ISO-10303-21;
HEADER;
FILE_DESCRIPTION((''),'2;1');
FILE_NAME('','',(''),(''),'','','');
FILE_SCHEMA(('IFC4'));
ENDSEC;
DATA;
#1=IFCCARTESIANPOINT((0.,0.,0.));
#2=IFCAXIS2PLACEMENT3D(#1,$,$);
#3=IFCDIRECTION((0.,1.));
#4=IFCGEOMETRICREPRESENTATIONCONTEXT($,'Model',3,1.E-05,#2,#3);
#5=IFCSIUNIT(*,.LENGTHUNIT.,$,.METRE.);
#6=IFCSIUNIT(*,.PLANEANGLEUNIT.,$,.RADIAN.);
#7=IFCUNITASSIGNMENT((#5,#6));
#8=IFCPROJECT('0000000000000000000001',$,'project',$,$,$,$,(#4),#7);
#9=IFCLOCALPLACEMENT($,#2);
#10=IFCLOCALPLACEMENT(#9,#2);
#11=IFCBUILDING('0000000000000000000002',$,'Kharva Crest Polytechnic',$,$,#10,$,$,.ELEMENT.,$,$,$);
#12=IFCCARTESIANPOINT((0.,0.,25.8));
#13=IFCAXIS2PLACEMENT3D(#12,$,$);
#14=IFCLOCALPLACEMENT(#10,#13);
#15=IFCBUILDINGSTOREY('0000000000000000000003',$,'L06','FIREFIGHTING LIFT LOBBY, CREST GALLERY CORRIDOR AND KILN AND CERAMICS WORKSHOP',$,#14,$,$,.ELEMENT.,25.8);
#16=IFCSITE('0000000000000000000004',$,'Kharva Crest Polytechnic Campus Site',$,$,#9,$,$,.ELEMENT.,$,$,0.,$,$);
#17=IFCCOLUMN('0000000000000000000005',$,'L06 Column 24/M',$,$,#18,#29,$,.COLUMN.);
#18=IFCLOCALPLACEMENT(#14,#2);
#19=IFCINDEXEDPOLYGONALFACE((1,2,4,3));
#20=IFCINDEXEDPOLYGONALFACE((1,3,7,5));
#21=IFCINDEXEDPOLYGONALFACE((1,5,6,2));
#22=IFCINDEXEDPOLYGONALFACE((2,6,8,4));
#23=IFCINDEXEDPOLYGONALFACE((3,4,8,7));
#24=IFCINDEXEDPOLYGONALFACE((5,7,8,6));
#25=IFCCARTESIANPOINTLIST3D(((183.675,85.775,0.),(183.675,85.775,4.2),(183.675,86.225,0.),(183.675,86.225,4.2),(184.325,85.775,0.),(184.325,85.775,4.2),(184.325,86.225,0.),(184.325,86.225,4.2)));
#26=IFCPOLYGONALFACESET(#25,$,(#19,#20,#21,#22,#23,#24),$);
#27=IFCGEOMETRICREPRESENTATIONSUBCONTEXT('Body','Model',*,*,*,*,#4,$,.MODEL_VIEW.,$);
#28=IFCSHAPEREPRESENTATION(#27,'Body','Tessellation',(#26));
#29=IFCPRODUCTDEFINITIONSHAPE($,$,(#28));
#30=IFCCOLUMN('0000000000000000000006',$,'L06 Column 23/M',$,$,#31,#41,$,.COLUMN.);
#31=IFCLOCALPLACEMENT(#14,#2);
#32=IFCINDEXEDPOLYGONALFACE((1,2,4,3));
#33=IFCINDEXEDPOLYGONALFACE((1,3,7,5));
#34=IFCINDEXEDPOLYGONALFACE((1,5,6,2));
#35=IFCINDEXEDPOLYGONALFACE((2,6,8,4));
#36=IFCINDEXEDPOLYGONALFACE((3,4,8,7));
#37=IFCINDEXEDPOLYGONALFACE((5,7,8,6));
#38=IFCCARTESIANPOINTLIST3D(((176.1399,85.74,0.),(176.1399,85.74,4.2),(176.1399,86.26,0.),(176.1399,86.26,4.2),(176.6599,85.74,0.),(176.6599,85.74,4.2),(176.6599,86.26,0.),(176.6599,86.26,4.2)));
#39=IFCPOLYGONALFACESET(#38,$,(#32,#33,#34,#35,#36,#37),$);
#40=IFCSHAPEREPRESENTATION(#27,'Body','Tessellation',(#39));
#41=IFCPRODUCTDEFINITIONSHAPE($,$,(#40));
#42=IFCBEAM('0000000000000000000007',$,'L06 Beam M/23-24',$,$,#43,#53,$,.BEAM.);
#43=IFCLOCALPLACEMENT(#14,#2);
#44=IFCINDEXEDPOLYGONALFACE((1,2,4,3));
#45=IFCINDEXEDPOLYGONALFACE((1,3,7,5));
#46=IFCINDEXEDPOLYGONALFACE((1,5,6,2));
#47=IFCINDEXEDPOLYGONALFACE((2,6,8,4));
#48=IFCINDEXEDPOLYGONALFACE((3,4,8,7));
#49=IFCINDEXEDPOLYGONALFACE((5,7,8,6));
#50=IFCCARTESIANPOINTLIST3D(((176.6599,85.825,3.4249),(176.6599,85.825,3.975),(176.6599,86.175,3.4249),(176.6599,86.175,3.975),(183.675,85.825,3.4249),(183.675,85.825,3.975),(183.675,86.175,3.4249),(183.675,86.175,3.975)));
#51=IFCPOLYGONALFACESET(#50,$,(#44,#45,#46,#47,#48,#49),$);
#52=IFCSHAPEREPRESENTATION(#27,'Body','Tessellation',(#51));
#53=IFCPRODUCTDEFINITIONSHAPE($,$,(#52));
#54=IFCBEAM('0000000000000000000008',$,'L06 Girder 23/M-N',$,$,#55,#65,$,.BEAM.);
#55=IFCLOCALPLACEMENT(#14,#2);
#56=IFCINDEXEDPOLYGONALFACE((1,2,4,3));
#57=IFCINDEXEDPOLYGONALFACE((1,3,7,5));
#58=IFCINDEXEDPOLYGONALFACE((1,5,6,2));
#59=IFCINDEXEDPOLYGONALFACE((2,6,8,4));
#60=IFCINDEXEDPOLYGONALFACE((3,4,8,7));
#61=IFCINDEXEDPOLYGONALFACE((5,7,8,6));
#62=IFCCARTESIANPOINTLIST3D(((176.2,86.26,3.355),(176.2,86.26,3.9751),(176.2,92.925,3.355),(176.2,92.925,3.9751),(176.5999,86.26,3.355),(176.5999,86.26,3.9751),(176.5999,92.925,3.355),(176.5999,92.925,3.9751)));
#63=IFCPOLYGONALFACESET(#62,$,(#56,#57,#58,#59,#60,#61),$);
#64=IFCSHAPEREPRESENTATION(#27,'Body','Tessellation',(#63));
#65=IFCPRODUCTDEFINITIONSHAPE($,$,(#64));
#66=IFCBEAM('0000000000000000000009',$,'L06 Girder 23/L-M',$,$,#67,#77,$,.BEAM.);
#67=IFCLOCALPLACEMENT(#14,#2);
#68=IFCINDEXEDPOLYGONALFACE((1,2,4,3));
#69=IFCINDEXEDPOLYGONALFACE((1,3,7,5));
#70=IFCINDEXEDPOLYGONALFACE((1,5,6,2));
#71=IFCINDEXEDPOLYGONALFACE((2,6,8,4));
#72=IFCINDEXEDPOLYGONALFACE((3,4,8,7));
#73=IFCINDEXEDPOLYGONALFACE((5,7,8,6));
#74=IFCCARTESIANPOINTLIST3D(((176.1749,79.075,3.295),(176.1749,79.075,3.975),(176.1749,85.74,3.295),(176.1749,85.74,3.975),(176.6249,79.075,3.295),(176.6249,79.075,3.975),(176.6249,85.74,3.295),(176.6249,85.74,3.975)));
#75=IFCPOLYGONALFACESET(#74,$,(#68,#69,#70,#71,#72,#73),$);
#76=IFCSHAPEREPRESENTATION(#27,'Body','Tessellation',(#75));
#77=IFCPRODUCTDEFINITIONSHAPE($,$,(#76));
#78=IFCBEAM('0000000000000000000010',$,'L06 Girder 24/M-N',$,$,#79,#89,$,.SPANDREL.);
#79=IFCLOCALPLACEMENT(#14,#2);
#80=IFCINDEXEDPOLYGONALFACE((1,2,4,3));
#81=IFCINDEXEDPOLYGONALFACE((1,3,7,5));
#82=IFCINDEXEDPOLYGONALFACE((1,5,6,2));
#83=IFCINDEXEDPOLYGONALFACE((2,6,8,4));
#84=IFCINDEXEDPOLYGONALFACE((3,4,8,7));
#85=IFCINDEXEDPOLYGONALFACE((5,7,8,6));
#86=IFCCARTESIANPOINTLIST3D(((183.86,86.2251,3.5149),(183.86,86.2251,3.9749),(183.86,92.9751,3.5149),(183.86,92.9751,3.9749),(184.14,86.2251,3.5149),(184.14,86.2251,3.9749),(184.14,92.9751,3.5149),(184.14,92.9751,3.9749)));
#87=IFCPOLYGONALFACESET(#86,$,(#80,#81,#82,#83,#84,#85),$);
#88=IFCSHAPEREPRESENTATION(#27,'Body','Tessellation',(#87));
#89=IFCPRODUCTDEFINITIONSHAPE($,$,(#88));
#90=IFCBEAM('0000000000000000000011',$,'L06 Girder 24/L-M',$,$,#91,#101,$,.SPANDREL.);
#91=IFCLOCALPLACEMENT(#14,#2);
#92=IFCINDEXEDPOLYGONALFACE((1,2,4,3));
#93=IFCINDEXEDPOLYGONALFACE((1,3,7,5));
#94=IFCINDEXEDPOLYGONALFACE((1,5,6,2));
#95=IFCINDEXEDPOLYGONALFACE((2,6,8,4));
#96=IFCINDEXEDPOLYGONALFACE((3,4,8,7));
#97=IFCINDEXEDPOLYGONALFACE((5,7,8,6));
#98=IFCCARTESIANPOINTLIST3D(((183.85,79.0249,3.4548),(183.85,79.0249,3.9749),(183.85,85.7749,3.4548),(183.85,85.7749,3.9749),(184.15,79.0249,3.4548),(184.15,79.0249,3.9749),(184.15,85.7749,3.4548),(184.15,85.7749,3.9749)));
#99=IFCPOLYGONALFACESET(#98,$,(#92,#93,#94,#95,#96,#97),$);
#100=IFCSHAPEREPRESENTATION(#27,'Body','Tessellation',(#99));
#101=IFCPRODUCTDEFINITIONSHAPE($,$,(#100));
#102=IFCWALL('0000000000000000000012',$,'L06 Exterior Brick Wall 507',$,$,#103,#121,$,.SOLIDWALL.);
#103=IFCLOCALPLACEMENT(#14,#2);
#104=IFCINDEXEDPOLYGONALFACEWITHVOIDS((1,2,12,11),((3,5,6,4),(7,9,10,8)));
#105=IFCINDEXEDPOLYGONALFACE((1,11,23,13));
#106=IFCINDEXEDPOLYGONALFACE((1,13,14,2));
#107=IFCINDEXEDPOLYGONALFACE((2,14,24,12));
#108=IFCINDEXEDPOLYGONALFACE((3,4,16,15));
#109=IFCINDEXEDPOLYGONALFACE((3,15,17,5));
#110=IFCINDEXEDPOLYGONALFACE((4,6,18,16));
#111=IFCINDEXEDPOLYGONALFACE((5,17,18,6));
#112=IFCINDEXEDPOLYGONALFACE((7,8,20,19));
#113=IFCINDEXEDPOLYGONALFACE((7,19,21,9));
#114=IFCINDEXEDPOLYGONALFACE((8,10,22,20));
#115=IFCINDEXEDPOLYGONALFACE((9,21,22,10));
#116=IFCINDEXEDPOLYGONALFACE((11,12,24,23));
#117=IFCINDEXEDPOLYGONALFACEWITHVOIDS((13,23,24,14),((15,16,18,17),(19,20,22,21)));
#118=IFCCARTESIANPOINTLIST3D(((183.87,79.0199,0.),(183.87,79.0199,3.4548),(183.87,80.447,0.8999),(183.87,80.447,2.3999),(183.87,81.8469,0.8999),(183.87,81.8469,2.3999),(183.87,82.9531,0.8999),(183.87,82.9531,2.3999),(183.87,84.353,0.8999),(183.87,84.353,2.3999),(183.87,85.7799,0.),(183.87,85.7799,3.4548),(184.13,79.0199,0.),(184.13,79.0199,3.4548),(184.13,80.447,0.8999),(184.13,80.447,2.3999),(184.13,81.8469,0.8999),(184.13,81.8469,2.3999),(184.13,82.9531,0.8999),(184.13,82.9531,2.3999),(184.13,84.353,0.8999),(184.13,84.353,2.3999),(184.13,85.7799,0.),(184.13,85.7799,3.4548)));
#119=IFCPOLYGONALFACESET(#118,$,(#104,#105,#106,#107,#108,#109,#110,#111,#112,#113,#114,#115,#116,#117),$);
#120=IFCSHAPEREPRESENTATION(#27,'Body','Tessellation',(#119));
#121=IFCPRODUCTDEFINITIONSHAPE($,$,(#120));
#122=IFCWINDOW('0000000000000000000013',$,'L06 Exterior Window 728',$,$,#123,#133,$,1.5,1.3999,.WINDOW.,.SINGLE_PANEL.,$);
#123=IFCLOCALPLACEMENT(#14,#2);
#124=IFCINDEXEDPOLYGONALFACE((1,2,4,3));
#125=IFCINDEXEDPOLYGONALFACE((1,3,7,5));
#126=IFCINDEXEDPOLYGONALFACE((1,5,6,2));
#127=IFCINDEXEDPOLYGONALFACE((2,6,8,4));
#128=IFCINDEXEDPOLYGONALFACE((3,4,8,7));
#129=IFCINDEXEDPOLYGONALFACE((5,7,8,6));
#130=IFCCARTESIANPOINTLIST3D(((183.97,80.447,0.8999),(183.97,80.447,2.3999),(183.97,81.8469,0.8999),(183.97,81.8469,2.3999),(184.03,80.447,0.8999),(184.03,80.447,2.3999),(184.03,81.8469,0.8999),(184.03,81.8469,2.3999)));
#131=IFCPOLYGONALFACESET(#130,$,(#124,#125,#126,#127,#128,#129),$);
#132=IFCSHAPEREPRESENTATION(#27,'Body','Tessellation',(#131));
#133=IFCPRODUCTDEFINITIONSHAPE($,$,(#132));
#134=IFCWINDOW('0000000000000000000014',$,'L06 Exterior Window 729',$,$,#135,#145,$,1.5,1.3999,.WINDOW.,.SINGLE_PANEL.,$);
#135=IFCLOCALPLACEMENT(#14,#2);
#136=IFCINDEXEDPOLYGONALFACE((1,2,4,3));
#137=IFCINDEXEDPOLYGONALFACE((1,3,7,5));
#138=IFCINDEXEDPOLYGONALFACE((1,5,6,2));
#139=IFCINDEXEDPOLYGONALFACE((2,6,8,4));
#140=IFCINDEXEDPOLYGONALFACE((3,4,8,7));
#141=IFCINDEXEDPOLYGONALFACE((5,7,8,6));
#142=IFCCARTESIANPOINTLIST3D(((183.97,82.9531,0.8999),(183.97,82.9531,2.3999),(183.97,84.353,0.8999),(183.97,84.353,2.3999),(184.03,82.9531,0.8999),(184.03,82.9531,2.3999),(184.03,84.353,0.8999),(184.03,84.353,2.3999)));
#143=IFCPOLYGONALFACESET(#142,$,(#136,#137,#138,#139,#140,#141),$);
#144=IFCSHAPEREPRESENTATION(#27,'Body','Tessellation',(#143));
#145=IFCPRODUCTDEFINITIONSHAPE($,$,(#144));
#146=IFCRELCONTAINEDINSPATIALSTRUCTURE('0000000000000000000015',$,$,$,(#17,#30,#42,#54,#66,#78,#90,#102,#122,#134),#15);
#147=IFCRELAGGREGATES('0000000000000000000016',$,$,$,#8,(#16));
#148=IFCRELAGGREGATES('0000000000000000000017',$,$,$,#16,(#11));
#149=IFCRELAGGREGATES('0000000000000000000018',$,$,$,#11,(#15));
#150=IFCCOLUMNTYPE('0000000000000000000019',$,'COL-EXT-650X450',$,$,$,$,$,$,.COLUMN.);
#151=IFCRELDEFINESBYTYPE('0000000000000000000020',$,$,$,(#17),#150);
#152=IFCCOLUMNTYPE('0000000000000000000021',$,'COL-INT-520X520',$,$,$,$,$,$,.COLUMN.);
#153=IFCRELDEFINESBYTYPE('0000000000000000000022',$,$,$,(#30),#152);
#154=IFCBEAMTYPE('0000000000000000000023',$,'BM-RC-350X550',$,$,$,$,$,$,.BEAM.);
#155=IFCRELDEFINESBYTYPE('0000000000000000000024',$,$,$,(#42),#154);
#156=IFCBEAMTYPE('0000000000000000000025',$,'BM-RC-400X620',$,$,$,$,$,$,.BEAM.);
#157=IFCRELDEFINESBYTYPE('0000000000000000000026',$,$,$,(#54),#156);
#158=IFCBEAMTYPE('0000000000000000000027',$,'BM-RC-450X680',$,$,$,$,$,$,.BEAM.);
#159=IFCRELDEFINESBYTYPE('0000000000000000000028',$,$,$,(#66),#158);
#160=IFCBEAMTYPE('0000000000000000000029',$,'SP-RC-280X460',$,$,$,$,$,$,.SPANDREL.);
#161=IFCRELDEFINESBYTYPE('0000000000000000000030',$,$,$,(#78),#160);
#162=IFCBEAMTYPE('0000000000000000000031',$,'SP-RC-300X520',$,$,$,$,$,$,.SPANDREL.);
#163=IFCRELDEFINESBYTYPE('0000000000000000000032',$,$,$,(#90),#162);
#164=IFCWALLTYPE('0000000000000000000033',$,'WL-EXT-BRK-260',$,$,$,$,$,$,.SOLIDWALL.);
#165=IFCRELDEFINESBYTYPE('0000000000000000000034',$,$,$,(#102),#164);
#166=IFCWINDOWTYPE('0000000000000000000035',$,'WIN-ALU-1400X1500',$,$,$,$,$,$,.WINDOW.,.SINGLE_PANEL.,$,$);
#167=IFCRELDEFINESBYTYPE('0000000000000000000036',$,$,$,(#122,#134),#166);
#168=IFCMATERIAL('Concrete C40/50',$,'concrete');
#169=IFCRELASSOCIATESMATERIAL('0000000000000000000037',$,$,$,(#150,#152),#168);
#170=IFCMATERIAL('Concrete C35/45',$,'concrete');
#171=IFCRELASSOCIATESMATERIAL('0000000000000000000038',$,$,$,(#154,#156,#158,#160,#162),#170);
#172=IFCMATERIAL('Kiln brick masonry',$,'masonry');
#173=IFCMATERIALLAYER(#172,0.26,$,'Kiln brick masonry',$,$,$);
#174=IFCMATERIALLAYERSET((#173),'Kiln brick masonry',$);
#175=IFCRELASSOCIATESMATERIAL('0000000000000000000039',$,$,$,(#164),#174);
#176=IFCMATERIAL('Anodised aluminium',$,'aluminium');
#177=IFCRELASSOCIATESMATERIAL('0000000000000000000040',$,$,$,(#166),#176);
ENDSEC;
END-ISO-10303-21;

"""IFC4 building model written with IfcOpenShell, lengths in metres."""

from ifc_helpers import new_model, si_unit, direction, frame, frame_2d, origin, origin_2d, place, context, subcontext, project, spatial, rectangle, extrude, material, layer, layer_set, material_profile, profile_set, type_object, element, fill, save


model = new_model("IFC4")

# Units and contexts
model_context = context("Model", 3, precision=1e-05, world=origin(), true_north=direction((0.0, 1.0)))
body_context = subcontext(model_context, "Body", "Model", "MODEL_VIEW")
ifc_project = project(units=[si_unit("LENGTHUNIT", "METRE"), si_unit("PLANEANGLEUNIT", "RADIAN")], contexts=[model_context])

# Site, building, storey
site_placement = place(None, origin())
site = spatial("IfcSite", under=ifc_project, at=site_placement, Name="Kharva Crest Polytechnic Campus Site", CompositionType="ELEMENT", RefElevation=0.0)
building_placement = place(site_placement, origin())
building = spatial("IfcBuilding", under=site, at=building_placement, Name="Kharva Crest Polytechnic", CompositionType="ELEMENT")
storey_placement = place(building_placement, frame((0.0, 0.0, 25.8)))
storey = spatial("IfcBuildingStorey", under=building, at=storey_placement, Name="L06", Description="FIREFIGHTING LIFT LOBBY, CREST GALLERY CORRIDOR AND KILN AND CERAMICS WORKSHOP", CompositionType="ELEMENT", Elevation=25.8)

# Columns
ifc_material_1 = material(Name="Concrete C40/50", Category="concrete")
ifc_material_profile_1 = material_profile(ifc_material_1, rectangle(XDim=0.6499, YDim=0.45, at=origin_2d()), Name="RECT 650 X 450")
ifc_profile_set_1 = profile_set([ifc_material_profile_1], Name="Concrete C40/50")
column_type_1 = type_object("IfcColumnType", Name="COL-EXT-650X450", PredefinedType="COLUMN", material=ifc_profile_set_1)
column_1_placement = place(storey_placement, frame((184.0, 86.0, 0.0), z_axis=(0.0, 0.0, 1.0), x_axis=(1.0, 0.0, 0.0)))
element("IfcColumn", 1, at=column_1_placement, inside=storey, type_object=column_type_1, Name="L06 Column 24/M", PredefinedType="COLUMN", context=body_context, shape_type="SweptSolid", body=[
    extrude(rectangle(XDim=0.6499, YDim=0.45, at=origin_2d()), origin(), (0.0, 0.0, 1.0), 4.2),
])
ifc_material_profile_2 = material_profile(ifc_material_1, rectangle(XDim=0.52, YDim=0.52, at=origin_2d()), Name="RECT 520 X 520")
ifc_profile_set_2 = profile_set([ifc_material_profile_2], Name="Concrete C40/50")
column_type_2 = type_object("IfcColumnType", Name="COL-INT-520X520", PredefinedType="COLUMN", material=ifc_profile_set_2)
column_2_placement = place(storey_placement, frame((176.3999, 86.0, 0.0), z_axis=(0.0, 0.0, 1.0), x_axis=(1.0, 0.0, 0.0)))
element("IfcColumn", 2, at=column_2_placement, inside=storey, type_object=column_type_2, Name="L06 Column 23/M", PredefinedType="COLUMN", context=body_context, shape_type="SweptSolid", body=[
    extrude(rectangle(XDim=0.52, YDim=0.52, at=origin_2d()), origin(), (0.0, 0.0, 1.0), 4.2),
])

# Beams
ifc_material_2 = material(Name="Concrete C35/45", Category="concrete")
ifc_material_profile_3 = material_profile(ifc_material_2, rectangle(XDim=0.3501, YDim=0.55, at=origin_2d()), Name="RECT 350 X 550")
ifc_profile_set_3 = profile_set([ifc_material_profile_3], Name="Concrete C35/45")
beam_type_1 = type_object("IfcBeamType", Name="BM-RC-350X550", PredefinedType="BEAM", material=ifc_profile_set_3)
beam_1_placement = place(storey_placement, frame((176.6599, 86.0, 3.7), z_axis=(1.0, 0.0, 0.0), x_axis=(0.0, 1.0, 0.0)))
element("IfcBeam", 3, at=beam_1_placement, inside=storey, type_object=beam_type_1, Name="L06 Beam M/23-24", PredefinedType="BEAM", context=body_context, shape_type="SweptSolid", body=[
    extrude(rectangle(XDim=0.3501, YDim=0.55, at=origin_2d()), origin(), (0.0, 0.0, 1.0), 7.0151),
])
ifc_material_profile_4 = material_profile(ifc_material_2, rectangle(XDim=0.3999, YDim=0.6201, at=origin_2d()), Name="RECT 400 X 620")
ifc_profile_set_4 = profile_set([ifc_material_profile_4], Name="Concrete C35/45")
beam_type_2 = type_object("IfcBeamType", Name="BM-RC-400X620", PredefinedType="BEAM", material=ifc_profile_set_4)
beam_2_placement = place(storey_placement, frame((176.3999, 86.26, 3.665), z_axis=(0.0, 1.0, 0.0), x_axis=(-1.0, 0.0, 0.0)))
element("IfcBeam", 4, at=beam_2_placement, inside=storey, type_object=beam_type_2, Name="L06 Girder 23/M-N", PredefinedType="BEAM", context=body_context, shape_type="SweptSolid", body=[
    extrude(rectangle(XDim=0.3999, YDim=0.6201, at=origin_2d()), origin(), (0.0, 0.0, 1.0), 6.665),
])
ifc_material_profile_5 = material_profile(ifc_material_2, rectangle(XDim=0.45, YDim=0.6799, at=origin_2d()), Name="RECT 450 X 680")
ifc_profile_set_5 = profile_set([ifc_material_profile_5], Name="Concrete C35/45")
beam_type_3 = type_object("IfcBeamType", Name="BM-RC-450X680", PredefinedType="BEAM", material=ifc_profile_set_5)
beam_3_placement = place(storey_placement, frame((176.3999, 79.075, 3.635), z_axis=(0.0, 1.0, 0.0), x_axis=(-1.0, 0.0, 0.0)))
element("IfcBeam", 5, at=beam_3_placement, inside=storey, type_object=beam_type_3, Name="L06 Girder 23/L-M", PredefinedType="BEAM", context=body_context, shape_type="SweptSolid", body=[
    extrude(rectangle(XDim=0.45, YDim=0.6799, at=origin_2d()), origin(), (0.0, 0.0, 1.0), 6.665),
])
ifc_material_profile_6 = material_profile(ifc_material_2, rectangle(XDim=0.28, YDim=0.46, at=origin_2d()), Name="RECT 280 X 460")
ifc_profile_set_6 = profile_set([ifc_material_profile_6], Name="Concrete C35/45")
beam_type_4 = type_object("IfcBeamType", Name="SP-RC-280X460", PredefinedType="SPANDREL", material=ifc_profile_set_6)
beam_4_placement = place(storey_placement, frame((184.0, 86.2251, 3.7449), z_axis=(0.0, 1.0, 0.0), x_axis=(-1.0, 0.0, 0.0)))
element("IfcBeam", 6, at=beam_4_placement, inside=storey, type_object=beam_type_4, Name="L06 Girder 24/M-N", PredefinedType="SPANDREL", context=body_context, shape_type="SweptSolid", body=[
    extrude(rectangle(XDim=0.28, YDim=0.46, at=origin_2d()), origin(), (0.0, 0.0, 1.0), 6.75),
])
ifc_material_profile_7 = material_profile(ifc_material_2, rectangle(XDim=0.3, YDim=0.52, at=origin_2d()), Name="RECT 300 X 520")
ifc_profile_set_7 = profile_set([ifc_material_profile_7], Name="Concrete C35/45")
beam_type_5 = type_object("IfcBeamType", Name="SP-RC-300X520", PredefinedType="SPANDREL", material=ifc_profile_set_7)
beam_5_placement = place(storey_placement, frame((184.0, 79.0249, 3.7148), z_axis=(0.0, 1.0, 0.0), x_axis=(-1.0, 0.0, 0.0)))
element("IfcBeam", 7, at=beam_5_placement, inside=storey, type_object=beam_type_5, Name="L06 Girder 24/L-M", PredefinedType="SPANDREL", context=body_context, shape_type="SweptSolid", body=[
    extrude(rectangle(XDim=0.3, YDim=0.52, at=origin_2d()), origin(), (0.0, 0.0, 1.0), 6.75),
])

# Wall, openings, windows
ifc_material_3 = material(Name="Kiln brick masonry", Category="masonry")
ifc_layer_1 = layer(ifc_material_3, 0.26, Name="Kiln brick masonry")
ifc_layer_set_1 = layer_set([ifc_layer_1], Name="Kiln brick masonry")
wall_type_1 = type_object("IfcWallType", Name="WL-EXT-BRK-260", PredefinedType="SOLIDWALL", material=ifc_layer_set_1)
wall_1_placement = place(storey_placement, frame((184.0, 79.02, 0.0), z_axis=(0.0, 0.0, 1.0), x_axis=(0.0, 1.0, 0.0)))
wall_1 = element("IfcWall", 8, at=wall_1_placement, inside=storey, type_object=wall_type_1, Name="L06 Exterior Brick Wall 507", PredefinedType="SOLIDWALL", context=body_context, shape_type="SweptSolid", body=[
    extrude(rectangle(XDim=6.76, YDim=0.26, at=frame_2d((3.3799, 0.0))), origin(), (0.0, 0.0, 1.0), 3.4548),
])
opening_1_placement = place(wall_1_placement, frame((1.427, 0.0, 0.8999)))
opening_1 = element("IfcOpeningElement", 9, at=opening_1_placement, cuts=wall_1, PredefinedType="OPENING", context=body_context, shape_type="SweptSolid", body=[
    extrude(rectangle(XDim=1.3999, YDim=1.5, at=frame_2d((0.7, 0.75))), frame((0.0, 0.1399, 0.0), z_axis=(0.0, -1.0, 0.0), x_axis=(1.0, 0.0, 0.0)), (0.0, 0.0, 1.0), 0.28),
])
opening_2_placement = place(wall_1_placement, frame((3.9331, 0.0, 0.8999)))
opening_2 = element("IfcOpeningElement", 10, at=opening_2_placement, cuts=wall_1, PredefinedType="OPENING", context=body_context, shape_type="SweptSolid", body=[
    extrude(rectangle(XDim=1.3999, YDim=1.5, at=frame_2d((0.7, 0.75))), frame((0.0, 0.1399, 0.0), z_axis=(0.0, -1.0, 0.0), x_axis=(1.0, 0.0, 0.0)), (0.0, 0.0, 1.0), 0.28),
])
ifc_material_4 = material(Name="Anodised aluminium", Category="aluminium")
window_type_1 = type_object("IfcWindowType", Name="WIN-ALU-1400X1500", PartitioningType="SINGLE_PANEL", PredefinedType="WINDOW", material=ifc_material_4)
window_1_placement = place(opening_1_placement, origin())
window_1 = element("IfcWindow", 11, at=window_1_placement, inside=storey, type_object=window_type_1, Name="L06 Exterior Window 728", OverallHeight=1.5, OverallWidth=1.3999, PartitioningType="SINGLE_PANEL", PredefinedType="WINDOW", context=body_context, shape_type="SweptSolid", body=[
    extrude(rectangle(XDim=1.3999, YDim=1.5, at=frame_2d((0.7, 0.75))), frame((0.0, 0.03, 0.0), z_axis=(0.0, -1.0, 0.0), x_axis=(1.0, 0.0, 0.0)), (0.0, 0.0, 1.0), 0.0601),
])
fill(opening_1, window_1)
window_2_placement = place(opening_2_placement, origin())
window_2 = element("IfcWindow", 12, at=window_2_placement, inside=storey, type_object=window_type_1, Name="L06 Exterior Window 729", OverallHeight=1.5, OverallWidth=1.3999, PartitioningType="SINGLE_PANEL", PredefinedType="WINDOW", context=body_context, shape_type="SweptSolid", body=[
    extrude(rectangle(XDim=1.3999, YDim=1.5, at=frame_2d((0.7, 0.75))), frame((0.0, 0.03, 0.0), z_axis=(0.0, -1.0, 0.0), x_axis=(1.0, 0.0, 0.0)), (0.0, 0.0, 1.0), 0.0601),
])
fill(opening_2, window_2)

save(model, "model.ifc")
